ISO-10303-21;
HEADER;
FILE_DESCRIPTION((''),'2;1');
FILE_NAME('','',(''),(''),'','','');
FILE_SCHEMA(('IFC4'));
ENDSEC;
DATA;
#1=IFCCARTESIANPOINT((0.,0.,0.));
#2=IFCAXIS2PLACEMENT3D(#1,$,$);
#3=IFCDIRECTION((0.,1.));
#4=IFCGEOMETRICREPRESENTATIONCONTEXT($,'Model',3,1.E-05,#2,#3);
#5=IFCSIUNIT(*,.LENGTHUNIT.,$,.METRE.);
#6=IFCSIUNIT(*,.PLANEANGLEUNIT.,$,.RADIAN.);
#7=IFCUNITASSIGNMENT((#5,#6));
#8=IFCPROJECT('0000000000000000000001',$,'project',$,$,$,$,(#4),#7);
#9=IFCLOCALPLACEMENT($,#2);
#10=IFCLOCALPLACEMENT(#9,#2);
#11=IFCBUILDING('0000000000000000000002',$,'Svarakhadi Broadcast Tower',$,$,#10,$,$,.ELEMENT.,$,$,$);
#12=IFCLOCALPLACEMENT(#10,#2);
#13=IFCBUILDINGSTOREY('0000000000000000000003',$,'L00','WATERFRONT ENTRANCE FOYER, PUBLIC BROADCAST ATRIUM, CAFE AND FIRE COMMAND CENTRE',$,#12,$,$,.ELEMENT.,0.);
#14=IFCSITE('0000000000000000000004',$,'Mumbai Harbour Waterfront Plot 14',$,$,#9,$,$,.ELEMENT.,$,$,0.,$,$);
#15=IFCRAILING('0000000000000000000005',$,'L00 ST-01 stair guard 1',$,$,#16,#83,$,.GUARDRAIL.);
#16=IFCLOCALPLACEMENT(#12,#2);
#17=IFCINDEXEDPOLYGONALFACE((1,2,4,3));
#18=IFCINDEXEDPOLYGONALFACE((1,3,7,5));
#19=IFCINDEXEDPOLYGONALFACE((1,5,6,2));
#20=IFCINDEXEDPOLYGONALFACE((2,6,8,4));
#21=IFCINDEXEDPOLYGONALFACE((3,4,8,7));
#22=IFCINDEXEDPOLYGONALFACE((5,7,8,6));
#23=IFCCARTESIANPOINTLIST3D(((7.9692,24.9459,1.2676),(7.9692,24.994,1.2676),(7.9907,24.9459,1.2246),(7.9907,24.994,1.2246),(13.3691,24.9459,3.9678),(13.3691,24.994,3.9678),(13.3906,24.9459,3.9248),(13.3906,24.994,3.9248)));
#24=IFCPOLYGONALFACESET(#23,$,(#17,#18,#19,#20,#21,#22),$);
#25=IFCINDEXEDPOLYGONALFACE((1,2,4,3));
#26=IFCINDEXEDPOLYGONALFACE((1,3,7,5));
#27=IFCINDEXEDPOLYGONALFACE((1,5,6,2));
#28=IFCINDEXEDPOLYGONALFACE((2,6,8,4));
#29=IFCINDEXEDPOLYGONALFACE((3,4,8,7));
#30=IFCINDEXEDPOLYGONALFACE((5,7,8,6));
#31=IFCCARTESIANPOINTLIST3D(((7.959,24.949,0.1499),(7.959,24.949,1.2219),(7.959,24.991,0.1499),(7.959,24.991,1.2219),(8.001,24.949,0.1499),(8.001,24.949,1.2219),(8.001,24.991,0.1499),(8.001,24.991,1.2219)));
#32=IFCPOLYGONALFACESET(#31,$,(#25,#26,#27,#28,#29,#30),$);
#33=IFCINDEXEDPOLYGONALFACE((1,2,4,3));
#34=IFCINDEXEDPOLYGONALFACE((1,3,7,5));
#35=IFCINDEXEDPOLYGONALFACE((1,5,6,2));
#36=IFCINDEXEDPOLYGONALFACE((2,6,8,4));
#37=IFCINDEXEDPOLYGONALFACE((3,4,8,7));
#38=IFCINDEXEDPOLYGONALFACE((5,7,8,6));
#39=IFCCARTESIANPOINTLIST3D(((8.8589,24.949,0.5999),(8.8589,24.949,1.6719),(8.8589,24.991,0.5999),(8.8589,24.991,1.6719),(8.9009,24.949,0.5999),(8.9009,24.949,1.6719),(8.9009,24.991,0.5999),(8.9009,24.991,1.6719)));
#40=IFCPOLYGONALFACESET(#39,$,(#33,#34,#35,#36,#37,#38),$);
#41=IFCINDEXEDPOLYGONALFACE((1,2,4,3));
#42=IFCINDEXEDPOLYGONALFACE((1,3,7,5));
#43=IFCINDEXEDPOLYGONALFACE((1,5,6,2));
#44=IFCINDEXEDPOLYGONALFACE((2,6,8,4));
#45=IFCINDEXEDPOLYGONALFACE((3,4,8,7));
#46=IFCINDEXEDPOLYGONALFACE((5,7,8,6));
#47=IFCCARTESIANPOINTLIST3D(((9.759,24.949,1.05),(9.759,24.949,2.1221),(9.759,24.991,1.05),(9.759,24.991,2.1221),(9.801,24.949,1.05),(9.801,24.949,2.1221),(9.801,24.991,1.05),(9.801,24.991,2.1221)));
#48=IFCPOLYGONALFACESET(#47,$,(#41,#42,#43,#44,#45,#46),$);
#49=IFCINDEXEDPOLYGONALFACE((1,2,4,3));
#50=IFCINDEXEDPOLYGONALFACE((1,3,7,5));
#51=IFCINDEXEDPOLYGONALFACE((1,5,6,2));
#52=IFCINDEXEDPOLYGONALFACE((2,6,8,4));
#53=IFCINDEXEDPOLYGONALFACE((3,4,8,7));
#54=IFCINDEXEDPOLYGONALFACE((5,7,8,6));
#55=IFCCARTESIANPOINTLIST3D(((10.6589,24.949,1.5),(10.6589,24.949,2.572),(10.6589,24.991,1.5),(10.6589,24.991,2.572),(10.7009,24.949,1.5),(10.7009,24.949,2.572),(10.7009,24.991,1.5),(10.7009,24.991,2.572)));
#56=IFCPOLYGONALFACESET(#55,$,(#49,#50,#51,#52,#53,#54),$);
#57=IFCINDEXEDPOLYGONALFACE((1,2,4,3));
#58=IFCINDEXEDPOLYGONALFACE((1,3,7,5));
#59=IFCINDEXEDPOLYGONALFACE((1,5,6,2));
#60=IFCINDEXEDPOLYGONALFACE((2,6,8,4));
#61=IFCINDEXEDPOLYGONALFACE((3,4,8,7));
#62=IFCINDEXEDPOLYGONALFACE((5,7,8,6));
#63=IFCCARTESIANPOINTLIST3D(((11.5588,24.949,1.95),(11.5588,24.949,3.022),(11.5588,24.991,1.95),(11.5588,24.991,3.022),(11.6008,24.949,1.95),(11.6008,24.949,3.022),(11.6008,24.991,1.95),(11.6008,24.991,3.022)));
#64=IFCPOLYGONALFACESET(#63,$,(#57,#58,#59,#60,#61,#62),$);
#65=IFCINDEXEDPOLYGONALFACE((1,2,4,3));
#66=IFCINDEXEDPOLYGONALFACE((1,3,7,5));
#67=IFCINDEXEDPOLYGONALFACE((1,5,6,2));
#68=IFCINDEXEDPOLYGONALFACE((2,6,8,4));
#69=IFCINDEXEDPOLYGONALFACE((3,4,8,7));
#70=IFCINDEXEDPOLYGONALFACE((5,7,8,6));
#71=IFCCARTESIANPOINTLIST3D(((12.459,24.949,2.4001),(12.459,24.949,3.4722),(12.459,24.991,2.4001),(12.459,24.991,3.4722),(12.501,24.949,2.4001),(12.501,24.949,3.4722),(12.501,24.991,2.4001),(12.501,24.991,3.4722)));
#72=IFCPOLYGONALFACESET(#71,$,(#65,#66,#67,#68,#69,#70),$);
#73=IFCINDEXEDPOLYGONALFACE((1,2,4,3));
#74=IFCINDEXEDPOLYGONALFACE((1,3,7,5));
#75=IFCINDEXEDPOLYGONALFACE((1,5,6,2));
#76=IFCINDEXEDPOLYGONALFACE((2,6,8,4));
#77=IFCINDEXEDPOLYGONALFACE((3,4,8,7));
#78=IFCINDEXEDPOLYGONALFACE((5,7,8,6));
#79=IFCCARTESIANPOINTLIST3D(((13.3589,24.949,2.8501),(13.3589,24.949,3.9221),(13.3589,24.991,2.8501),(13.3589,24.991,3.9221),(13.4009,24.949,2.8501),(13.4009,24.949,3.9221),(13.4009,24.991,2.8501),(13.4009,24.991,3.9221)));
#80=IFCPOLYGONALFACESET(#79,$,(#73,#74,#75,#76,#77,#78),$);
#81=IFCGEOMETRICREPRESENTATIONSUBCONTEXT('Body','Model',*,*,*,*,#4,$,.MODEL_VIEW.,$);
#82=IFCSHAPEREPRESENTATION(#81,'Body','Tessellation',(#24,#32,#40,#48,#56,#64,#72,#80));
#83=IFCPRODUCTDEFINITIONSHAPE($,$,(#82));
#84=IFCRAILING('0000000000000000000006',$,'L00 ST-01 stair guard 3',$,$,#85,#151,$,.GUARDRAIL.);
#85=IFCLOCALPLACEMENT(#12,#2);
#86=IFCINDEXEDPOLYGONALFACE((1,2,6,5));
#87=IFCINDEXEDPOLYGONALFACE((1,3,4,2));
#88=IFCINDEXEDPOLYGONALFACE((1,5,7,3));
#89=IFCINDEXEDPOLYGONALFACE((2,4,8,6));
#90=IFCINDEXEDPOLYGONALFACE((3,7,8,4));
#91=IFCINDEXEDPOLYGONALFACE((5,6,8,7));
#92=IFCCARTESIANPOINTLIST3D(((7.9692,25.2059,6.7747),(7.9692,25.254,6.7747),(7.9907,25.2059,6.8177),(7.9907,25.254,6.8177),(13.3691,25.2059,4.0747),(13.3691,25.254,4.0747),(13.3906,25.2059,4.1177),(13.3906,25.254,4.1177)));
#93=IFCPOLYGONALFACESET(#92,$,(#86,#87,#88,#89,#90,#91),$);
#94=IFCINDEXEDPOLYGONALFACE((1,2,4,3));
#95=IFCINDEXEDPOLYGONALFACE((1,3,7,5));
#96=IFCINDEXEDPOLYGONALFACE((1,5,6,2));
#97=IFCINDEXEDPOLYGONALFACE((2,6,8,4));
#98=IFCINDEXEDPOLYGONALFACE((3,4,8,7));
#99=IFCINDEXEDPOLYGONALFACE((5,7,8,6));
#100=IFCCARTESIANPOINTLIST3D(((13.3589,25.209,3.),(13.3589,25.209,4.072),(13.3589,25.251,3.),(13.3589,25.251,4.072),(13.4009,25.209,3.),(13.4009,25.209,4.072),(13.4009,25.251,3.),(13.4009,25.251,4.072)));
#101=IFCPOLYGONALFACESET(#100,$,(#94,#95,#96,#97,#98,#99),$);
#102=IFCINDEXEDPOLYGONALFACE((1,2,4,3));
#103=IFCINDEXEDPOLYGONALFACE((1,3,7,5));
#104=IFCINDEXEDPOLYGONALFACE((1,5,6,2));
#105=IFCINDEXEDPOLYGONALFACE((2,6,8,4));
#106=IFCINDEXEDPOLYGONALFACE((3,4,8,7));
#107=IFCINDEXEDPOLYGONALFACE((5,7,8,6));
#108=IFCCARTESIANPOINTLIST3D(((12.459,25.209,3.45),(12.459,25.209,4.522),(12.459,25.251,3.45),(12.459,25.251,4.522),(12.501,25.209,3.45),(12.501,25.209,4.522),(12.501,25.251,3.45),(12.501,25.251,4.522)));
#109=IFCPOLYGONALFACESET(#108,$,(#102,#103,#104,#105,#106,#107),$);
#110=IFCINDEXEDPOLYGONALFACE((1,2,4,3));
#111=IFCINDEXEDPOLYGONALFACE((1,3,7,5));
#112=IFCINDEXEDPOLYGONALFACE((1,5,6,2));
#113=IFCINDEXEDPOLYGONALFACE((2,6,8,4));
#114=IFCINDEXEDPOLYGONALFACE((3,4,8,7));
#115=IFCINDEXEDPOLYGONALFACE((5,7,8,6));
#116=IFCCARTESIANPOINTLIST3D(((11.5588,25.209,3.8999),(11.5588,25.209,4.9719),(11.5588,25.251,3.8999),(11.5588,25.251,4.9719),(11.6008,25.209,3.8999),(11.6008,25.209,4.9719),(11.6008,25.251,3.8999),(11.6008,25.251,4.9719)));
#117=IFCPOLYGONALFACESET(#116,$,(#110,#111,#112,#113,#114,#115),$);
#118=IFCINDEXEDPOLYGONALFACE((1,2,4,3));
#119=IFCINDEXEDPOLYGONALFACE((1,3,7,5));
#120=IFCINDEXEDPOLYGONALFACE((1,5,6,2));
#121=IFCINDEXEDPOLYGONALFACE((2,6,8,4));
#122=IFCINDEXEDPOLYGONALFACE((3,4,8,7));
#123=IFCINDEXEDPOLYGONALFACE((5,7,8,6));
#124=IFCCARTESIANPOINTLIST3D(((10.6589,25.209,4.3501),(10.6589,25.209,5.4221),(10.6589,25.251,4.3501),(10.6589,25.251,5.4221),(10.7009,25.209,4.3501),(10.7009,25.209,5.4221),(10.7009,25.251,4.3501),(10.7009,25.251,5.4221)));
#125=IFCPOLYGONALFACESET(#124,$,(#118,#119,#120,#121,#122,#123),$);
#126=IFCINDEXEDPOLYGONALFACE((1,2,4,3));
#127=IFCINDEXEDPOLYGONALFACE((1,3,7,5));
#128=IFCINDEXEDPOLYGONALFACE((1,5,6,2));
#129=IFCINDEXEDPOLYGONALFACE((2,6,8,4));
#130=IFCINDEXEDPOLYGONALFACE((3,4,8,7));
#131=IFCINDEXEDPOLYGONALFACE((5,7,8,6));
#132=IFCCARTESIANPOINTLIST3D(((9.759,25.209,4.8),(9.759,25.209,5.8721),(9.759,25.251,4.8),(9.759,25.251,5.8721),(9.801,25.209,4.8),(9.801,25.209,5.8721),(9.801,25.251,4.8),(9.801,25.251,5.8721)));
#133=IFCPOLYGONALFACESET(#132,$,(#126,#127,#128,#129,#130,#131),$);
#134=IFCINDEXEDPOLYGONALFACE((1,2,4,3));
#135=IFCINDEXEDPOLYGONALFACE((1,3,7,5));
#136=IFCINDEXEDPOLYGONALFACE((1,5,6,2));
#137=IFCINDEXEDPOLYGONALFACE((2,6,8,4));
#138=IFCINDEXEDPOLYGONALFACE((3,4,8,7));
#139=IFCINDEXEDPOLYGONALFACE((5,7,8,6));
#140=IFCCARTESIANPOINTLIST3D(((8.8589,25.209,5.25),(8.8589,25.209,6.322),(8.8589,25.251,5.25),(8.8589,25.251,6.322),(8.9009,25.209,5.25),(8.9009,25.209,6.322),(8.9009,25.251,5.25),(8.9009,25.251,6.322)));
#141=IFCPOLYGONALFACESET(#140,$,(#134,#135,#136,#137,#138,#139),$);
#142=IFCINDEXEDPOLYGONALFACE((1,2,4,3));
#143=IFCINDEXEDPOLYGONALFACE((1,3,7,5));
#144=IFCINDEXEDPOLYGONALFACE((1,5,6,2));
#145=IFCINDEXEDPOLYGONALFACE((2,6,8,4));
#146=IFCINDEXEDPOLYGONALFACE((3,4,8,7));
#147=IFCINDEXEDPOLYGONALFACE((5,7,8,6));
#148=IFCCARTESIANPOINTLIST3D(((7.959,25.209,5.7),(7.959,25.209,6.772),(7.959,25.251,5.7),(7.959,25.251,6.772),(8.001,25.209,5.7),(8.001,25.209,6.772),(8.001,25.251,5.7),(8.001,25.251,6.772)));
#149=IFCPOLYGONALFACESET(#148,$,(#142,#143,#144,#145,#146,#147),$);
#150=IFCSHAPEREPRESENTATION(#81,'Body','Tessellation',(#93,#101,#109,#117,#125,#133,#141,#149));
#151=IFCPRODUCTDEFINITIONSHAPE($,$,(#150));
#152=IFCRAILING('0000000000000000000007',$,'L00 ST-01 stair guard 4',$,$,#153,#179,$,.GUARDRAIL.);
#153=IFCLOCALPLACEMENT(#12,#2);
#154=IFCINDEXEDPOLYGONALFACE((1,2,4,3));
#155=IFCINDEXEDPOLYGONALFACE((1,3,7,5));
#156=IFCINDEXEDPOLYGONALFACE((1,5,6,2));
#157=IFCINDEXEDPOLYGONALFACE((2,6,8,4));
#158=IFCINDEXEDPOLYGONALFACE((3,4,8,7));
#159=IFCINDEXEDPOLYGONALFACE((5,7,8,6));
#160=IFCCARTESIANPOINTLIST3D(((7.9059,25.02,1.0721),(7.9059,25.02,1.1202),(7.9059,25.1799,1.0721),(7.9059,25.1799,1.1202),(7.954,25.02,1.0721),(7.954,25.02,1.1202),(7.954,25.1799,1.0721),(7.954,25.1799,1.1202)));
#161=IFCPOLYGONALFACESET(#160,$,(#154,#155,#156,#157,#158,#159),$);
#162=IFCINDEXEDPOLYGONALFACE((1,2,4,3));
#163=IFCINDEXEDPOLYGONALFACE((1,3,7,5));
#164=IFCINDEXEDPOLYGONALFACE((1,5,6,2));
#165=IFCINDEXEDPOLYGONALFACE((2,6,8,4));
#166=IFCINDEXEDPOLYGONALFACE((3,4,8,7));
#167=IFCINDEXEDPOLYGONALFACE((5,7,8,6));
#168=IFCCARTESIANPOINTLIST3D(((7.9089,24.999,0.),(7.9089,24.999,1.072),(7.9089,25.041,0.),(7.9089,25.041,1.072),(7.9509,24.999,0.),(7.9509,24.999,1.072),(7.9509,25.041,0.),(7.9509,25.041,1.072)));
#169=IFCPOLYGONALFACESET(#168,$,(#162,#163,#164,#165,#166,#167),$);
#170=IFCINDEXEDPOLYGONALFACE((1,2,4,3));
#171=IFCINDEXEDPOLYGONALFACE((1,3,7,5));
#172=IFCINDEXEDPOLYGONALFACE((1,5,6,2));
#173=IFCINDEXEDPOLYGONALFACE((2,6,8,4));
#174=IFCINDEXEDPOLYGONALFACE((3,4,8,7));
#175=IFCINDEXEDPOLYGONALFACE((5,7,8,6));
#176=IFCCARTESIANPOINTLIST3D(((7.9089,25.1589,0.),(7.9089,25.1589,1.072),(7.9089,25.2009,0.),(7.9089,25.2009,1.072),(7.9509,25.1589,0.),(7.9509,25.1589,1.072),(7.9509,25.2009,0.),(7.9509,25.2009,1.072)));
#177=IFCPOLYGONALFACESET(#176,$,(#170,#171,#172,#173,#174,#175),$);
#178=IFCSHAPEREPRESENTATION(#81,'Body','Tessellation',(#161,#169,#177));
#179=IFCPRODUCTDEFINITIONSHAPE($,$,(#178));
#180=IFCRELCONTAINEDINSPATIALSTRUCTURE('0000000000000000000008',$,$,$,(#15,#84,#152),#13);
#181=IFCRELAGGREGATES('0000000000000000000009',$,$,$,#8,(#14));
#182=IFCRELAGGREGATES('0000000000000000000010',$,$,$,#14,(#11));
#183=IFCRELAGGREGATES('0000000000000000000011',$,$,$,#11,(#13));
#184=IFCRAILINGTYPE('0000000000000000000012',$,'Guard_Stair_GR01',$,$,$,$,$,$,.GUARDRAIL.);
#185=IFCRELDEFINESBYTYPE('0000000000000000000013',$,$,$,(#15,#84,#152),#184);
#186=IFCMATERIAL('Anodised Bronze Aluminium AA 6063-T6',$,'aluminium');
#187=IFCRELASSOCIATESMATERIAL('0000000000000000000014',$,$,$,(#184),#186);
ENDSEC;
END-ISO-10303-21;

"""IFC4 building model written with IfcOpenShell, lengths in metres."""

from ifc_helpers import new_model, si_unit, direction, frame, origin, origin_2d, place, context, subcontext, project, spatial, rectangle, extrude, material, type_object, element, save


model = new_model("IFC4")

# Units and contexts
model_context = context("Model", 3, precision=1e-05, world=origin(), true_north=direction((0.0, 1.0)))
body_context = subcontext(model_context, "Body", "Model", "MODEL_VIEW")
ifc_project = project(units=[si_unit("LENGTHUNIT", "METRE"), si_unit("PLANEANGLEUNIT", "RADIAN")], contexts=[model_context])

# Site, building, storey
site_placement = place(None, origin())
site = spatial("IfcSite", under=ifc_project, at=site_placement, Name="Mumbai Harbour Waterfront Plot 14", CompositionType="ELEMENT", RefElevation=0.0)
building_placement = place(site_placement, origin())
building = spatial("IfcBuilding", under=site, at=building_placement, Name="Svarakhadi Broadcast Tower", CompositionType="ELEMENT")
storey_placement = place(building_placement, origin())
storey = spatial("IfcBuildingStorey", under=building, at=storey_placement, Name="L00", Description="WATERFRONT ENTRANCE FOYER, PUBLIC BROADCAST ATRIUM, CAFE AND FIRE COMMAND CENTRE", CompositionType="ELEMENT", Elevation=0.0)

# Railings
ifc_material_1 = material(Name="Anodised Bronze Aluminium AA 6063-T6", Category="aluminium")
railing_type_1 = type_object("IfcRailingType", Name="Guard_Stair_GR01", PredefinedType="GUARDRAIL", material=ifc_material_1)
railing_1_placement = place(storey_placement, frame((7.98, 24.97, 0.1499)))
element("IfcRailing", 1, at=railing_1_placement, inside=storey, type_object=railing_type_1, Name="L00 ST-01 stair guard 1", PredefinedType="GUARDRAIL", context=body_context, shape_type="SweptSolid", body=[
    extrude(rectangle(XDim=0.0481, YDim=0.0481, at=origin_2d()), frame((0.0, 0.0, 1.0962), z_axis=(0.894411, 0.0, 0.447246), x_axis=(0.0, 1.0, 0.0)), (0.0, 0.0, 1.0), 6.0374),
    extrude(rectangle(XDim=0.042, YDim=0.042, at=origin_2d()), origin(), (0.0, 0.0, 1.0), 1.072),
    extrude(rectangle(XDim=0.042, YDim=0.042, at=origin_2d()), frame((0.8999, 0.0, 0.45)), (0.0, 0.0, 1.0), 1.072),
    extrude(rectangle(XDim=0.042, YDim=0.042, at=origin_2d()), frame((1.8, 0.0, 0.9001)), (0.0, 0.0, 1.0), 1.072),
    extrude(rectangle(XDim=0.042, YDim=0.042, at=origin_2d()), frame((2.7, 0.0, 1.3501)), (0.0, 0.0, 1.0), 1.072),
    extrude(rectangle(XDim=0.042, YDim=0.042, at=origin_2d()), frame((3.5999, 0.0, 1.8)), (0.0, 0.0, 1.0), 1.072),
    extrude(rectangle(XDim=0.042, YDim=0.042, at=origin_2d()), frame((4.5, 0.0, 2.2502)), (0.0, 0.0, 1.0), 1.072),
    extrude(rectangle(XDim=0.042, YDim=0.042, at=origin_2d()), frame((5.3999, 0.0, 2.7002)), (0.0, 0.0, 1.0), 1.072),
])
railing_2_placement = place(storey_placement, frame((13.3799, 25.23, 3.0)))
element("IfcRailing", 2, at=railing_2_placement, inside=storey, type_object=railing_type_1, Name="L00 ST-01 stair guard 3", PredefinedType="GUARDRAIL", context=body_context, shape_type="SweptSolid", body=[
    extrude(rectangle(XDim=0.0481, YDim=0.0481, at=origin_2d()), frame((0.0, 0.0, 1.0962), z_axis=(-0.894427, 0.0, 0.447214), x_axis=(0.0, -1.0, 0.0)), (0.0, 0.0, 1.0), 6.0374),
    extrude(rectangle(XDim=0.042, YDim=0.042, at=origin_2d()), origin(), (0.0, 0.0, 1.0), 1.072),
    extrude(rectangle(XDim=0.042, YDim=0.042, at=origin_2d()), frame((-0.8999, 0.0, 0.45)), (0.0, 0.0, 1.0), 1.072),
    extrude(rectangle(XDim=0.042, YDim=0.042, at=origin_2d()), frame((-1.8, 0.0, 0.8999)), (0.0, 0.0, 1.0), 1.072),
    extrude(rectangle(XDim=0.042, YDim=0.042, at=origin_2d()), frame((-2.7, 0.0, 1.3501)), (0.0, 0.0, 1.0), 1.072),
    extrude(rectangle(XDim=0.042, YDim=0.042, at=origin_2d()), frame((-3.5999, 0.0, 1.8)), (0.0, 0.0, 1.0), 1.072),
    extrude(rectangle(XDim=0.042, YDim=0.042, at=origin_2d()), frame((-4.5, 0.0, 2.25)), (0.0, 0.0, 1.0), 1.072),
    extrude(rectangle(XDim=0.042, YDim=0.042, at=origin_2d()), frame((-5.3999, 0.0, 2.7)), (0.0, 0.0, 1.0), 1.072),
])
railing_3_placement = place(storey_placement, frame((7.9299, 25.02, 0.0)))
element("IfcRailing", 3, at=railing_3_placement, inside=storey, type_object=railing_type_1, Name="L00 ST-01 stair guard 4", PredefinedType="GUARDRAIL", context=body_context, shape_type="SweptSolid", body=[
    extrude(rectangle(XDim=0.0481, YDim=0.0481, at=origin_2d()), frame((0.0, 0.0, 1.0962), z_axis=(0.0, 1.0, 0.0), x_axis=(-1.0, 0.0, 0.0)), (0.0, 0.0, 1.0), 0.1599),
    extrude(rectangle(XDim=0.042, YDim=0.042, at=origin_2d()), origin(), (0.0, 0.0, 1.0), 1.072),
    extrude(rectangle(XDim=0.042, YDim=0.042, at=origin_2d()), frame((0.0, 0.1599, 0.0)), (0.0, 0.0, 1.0), 1.072),
])

save(model, "model.ifc")
